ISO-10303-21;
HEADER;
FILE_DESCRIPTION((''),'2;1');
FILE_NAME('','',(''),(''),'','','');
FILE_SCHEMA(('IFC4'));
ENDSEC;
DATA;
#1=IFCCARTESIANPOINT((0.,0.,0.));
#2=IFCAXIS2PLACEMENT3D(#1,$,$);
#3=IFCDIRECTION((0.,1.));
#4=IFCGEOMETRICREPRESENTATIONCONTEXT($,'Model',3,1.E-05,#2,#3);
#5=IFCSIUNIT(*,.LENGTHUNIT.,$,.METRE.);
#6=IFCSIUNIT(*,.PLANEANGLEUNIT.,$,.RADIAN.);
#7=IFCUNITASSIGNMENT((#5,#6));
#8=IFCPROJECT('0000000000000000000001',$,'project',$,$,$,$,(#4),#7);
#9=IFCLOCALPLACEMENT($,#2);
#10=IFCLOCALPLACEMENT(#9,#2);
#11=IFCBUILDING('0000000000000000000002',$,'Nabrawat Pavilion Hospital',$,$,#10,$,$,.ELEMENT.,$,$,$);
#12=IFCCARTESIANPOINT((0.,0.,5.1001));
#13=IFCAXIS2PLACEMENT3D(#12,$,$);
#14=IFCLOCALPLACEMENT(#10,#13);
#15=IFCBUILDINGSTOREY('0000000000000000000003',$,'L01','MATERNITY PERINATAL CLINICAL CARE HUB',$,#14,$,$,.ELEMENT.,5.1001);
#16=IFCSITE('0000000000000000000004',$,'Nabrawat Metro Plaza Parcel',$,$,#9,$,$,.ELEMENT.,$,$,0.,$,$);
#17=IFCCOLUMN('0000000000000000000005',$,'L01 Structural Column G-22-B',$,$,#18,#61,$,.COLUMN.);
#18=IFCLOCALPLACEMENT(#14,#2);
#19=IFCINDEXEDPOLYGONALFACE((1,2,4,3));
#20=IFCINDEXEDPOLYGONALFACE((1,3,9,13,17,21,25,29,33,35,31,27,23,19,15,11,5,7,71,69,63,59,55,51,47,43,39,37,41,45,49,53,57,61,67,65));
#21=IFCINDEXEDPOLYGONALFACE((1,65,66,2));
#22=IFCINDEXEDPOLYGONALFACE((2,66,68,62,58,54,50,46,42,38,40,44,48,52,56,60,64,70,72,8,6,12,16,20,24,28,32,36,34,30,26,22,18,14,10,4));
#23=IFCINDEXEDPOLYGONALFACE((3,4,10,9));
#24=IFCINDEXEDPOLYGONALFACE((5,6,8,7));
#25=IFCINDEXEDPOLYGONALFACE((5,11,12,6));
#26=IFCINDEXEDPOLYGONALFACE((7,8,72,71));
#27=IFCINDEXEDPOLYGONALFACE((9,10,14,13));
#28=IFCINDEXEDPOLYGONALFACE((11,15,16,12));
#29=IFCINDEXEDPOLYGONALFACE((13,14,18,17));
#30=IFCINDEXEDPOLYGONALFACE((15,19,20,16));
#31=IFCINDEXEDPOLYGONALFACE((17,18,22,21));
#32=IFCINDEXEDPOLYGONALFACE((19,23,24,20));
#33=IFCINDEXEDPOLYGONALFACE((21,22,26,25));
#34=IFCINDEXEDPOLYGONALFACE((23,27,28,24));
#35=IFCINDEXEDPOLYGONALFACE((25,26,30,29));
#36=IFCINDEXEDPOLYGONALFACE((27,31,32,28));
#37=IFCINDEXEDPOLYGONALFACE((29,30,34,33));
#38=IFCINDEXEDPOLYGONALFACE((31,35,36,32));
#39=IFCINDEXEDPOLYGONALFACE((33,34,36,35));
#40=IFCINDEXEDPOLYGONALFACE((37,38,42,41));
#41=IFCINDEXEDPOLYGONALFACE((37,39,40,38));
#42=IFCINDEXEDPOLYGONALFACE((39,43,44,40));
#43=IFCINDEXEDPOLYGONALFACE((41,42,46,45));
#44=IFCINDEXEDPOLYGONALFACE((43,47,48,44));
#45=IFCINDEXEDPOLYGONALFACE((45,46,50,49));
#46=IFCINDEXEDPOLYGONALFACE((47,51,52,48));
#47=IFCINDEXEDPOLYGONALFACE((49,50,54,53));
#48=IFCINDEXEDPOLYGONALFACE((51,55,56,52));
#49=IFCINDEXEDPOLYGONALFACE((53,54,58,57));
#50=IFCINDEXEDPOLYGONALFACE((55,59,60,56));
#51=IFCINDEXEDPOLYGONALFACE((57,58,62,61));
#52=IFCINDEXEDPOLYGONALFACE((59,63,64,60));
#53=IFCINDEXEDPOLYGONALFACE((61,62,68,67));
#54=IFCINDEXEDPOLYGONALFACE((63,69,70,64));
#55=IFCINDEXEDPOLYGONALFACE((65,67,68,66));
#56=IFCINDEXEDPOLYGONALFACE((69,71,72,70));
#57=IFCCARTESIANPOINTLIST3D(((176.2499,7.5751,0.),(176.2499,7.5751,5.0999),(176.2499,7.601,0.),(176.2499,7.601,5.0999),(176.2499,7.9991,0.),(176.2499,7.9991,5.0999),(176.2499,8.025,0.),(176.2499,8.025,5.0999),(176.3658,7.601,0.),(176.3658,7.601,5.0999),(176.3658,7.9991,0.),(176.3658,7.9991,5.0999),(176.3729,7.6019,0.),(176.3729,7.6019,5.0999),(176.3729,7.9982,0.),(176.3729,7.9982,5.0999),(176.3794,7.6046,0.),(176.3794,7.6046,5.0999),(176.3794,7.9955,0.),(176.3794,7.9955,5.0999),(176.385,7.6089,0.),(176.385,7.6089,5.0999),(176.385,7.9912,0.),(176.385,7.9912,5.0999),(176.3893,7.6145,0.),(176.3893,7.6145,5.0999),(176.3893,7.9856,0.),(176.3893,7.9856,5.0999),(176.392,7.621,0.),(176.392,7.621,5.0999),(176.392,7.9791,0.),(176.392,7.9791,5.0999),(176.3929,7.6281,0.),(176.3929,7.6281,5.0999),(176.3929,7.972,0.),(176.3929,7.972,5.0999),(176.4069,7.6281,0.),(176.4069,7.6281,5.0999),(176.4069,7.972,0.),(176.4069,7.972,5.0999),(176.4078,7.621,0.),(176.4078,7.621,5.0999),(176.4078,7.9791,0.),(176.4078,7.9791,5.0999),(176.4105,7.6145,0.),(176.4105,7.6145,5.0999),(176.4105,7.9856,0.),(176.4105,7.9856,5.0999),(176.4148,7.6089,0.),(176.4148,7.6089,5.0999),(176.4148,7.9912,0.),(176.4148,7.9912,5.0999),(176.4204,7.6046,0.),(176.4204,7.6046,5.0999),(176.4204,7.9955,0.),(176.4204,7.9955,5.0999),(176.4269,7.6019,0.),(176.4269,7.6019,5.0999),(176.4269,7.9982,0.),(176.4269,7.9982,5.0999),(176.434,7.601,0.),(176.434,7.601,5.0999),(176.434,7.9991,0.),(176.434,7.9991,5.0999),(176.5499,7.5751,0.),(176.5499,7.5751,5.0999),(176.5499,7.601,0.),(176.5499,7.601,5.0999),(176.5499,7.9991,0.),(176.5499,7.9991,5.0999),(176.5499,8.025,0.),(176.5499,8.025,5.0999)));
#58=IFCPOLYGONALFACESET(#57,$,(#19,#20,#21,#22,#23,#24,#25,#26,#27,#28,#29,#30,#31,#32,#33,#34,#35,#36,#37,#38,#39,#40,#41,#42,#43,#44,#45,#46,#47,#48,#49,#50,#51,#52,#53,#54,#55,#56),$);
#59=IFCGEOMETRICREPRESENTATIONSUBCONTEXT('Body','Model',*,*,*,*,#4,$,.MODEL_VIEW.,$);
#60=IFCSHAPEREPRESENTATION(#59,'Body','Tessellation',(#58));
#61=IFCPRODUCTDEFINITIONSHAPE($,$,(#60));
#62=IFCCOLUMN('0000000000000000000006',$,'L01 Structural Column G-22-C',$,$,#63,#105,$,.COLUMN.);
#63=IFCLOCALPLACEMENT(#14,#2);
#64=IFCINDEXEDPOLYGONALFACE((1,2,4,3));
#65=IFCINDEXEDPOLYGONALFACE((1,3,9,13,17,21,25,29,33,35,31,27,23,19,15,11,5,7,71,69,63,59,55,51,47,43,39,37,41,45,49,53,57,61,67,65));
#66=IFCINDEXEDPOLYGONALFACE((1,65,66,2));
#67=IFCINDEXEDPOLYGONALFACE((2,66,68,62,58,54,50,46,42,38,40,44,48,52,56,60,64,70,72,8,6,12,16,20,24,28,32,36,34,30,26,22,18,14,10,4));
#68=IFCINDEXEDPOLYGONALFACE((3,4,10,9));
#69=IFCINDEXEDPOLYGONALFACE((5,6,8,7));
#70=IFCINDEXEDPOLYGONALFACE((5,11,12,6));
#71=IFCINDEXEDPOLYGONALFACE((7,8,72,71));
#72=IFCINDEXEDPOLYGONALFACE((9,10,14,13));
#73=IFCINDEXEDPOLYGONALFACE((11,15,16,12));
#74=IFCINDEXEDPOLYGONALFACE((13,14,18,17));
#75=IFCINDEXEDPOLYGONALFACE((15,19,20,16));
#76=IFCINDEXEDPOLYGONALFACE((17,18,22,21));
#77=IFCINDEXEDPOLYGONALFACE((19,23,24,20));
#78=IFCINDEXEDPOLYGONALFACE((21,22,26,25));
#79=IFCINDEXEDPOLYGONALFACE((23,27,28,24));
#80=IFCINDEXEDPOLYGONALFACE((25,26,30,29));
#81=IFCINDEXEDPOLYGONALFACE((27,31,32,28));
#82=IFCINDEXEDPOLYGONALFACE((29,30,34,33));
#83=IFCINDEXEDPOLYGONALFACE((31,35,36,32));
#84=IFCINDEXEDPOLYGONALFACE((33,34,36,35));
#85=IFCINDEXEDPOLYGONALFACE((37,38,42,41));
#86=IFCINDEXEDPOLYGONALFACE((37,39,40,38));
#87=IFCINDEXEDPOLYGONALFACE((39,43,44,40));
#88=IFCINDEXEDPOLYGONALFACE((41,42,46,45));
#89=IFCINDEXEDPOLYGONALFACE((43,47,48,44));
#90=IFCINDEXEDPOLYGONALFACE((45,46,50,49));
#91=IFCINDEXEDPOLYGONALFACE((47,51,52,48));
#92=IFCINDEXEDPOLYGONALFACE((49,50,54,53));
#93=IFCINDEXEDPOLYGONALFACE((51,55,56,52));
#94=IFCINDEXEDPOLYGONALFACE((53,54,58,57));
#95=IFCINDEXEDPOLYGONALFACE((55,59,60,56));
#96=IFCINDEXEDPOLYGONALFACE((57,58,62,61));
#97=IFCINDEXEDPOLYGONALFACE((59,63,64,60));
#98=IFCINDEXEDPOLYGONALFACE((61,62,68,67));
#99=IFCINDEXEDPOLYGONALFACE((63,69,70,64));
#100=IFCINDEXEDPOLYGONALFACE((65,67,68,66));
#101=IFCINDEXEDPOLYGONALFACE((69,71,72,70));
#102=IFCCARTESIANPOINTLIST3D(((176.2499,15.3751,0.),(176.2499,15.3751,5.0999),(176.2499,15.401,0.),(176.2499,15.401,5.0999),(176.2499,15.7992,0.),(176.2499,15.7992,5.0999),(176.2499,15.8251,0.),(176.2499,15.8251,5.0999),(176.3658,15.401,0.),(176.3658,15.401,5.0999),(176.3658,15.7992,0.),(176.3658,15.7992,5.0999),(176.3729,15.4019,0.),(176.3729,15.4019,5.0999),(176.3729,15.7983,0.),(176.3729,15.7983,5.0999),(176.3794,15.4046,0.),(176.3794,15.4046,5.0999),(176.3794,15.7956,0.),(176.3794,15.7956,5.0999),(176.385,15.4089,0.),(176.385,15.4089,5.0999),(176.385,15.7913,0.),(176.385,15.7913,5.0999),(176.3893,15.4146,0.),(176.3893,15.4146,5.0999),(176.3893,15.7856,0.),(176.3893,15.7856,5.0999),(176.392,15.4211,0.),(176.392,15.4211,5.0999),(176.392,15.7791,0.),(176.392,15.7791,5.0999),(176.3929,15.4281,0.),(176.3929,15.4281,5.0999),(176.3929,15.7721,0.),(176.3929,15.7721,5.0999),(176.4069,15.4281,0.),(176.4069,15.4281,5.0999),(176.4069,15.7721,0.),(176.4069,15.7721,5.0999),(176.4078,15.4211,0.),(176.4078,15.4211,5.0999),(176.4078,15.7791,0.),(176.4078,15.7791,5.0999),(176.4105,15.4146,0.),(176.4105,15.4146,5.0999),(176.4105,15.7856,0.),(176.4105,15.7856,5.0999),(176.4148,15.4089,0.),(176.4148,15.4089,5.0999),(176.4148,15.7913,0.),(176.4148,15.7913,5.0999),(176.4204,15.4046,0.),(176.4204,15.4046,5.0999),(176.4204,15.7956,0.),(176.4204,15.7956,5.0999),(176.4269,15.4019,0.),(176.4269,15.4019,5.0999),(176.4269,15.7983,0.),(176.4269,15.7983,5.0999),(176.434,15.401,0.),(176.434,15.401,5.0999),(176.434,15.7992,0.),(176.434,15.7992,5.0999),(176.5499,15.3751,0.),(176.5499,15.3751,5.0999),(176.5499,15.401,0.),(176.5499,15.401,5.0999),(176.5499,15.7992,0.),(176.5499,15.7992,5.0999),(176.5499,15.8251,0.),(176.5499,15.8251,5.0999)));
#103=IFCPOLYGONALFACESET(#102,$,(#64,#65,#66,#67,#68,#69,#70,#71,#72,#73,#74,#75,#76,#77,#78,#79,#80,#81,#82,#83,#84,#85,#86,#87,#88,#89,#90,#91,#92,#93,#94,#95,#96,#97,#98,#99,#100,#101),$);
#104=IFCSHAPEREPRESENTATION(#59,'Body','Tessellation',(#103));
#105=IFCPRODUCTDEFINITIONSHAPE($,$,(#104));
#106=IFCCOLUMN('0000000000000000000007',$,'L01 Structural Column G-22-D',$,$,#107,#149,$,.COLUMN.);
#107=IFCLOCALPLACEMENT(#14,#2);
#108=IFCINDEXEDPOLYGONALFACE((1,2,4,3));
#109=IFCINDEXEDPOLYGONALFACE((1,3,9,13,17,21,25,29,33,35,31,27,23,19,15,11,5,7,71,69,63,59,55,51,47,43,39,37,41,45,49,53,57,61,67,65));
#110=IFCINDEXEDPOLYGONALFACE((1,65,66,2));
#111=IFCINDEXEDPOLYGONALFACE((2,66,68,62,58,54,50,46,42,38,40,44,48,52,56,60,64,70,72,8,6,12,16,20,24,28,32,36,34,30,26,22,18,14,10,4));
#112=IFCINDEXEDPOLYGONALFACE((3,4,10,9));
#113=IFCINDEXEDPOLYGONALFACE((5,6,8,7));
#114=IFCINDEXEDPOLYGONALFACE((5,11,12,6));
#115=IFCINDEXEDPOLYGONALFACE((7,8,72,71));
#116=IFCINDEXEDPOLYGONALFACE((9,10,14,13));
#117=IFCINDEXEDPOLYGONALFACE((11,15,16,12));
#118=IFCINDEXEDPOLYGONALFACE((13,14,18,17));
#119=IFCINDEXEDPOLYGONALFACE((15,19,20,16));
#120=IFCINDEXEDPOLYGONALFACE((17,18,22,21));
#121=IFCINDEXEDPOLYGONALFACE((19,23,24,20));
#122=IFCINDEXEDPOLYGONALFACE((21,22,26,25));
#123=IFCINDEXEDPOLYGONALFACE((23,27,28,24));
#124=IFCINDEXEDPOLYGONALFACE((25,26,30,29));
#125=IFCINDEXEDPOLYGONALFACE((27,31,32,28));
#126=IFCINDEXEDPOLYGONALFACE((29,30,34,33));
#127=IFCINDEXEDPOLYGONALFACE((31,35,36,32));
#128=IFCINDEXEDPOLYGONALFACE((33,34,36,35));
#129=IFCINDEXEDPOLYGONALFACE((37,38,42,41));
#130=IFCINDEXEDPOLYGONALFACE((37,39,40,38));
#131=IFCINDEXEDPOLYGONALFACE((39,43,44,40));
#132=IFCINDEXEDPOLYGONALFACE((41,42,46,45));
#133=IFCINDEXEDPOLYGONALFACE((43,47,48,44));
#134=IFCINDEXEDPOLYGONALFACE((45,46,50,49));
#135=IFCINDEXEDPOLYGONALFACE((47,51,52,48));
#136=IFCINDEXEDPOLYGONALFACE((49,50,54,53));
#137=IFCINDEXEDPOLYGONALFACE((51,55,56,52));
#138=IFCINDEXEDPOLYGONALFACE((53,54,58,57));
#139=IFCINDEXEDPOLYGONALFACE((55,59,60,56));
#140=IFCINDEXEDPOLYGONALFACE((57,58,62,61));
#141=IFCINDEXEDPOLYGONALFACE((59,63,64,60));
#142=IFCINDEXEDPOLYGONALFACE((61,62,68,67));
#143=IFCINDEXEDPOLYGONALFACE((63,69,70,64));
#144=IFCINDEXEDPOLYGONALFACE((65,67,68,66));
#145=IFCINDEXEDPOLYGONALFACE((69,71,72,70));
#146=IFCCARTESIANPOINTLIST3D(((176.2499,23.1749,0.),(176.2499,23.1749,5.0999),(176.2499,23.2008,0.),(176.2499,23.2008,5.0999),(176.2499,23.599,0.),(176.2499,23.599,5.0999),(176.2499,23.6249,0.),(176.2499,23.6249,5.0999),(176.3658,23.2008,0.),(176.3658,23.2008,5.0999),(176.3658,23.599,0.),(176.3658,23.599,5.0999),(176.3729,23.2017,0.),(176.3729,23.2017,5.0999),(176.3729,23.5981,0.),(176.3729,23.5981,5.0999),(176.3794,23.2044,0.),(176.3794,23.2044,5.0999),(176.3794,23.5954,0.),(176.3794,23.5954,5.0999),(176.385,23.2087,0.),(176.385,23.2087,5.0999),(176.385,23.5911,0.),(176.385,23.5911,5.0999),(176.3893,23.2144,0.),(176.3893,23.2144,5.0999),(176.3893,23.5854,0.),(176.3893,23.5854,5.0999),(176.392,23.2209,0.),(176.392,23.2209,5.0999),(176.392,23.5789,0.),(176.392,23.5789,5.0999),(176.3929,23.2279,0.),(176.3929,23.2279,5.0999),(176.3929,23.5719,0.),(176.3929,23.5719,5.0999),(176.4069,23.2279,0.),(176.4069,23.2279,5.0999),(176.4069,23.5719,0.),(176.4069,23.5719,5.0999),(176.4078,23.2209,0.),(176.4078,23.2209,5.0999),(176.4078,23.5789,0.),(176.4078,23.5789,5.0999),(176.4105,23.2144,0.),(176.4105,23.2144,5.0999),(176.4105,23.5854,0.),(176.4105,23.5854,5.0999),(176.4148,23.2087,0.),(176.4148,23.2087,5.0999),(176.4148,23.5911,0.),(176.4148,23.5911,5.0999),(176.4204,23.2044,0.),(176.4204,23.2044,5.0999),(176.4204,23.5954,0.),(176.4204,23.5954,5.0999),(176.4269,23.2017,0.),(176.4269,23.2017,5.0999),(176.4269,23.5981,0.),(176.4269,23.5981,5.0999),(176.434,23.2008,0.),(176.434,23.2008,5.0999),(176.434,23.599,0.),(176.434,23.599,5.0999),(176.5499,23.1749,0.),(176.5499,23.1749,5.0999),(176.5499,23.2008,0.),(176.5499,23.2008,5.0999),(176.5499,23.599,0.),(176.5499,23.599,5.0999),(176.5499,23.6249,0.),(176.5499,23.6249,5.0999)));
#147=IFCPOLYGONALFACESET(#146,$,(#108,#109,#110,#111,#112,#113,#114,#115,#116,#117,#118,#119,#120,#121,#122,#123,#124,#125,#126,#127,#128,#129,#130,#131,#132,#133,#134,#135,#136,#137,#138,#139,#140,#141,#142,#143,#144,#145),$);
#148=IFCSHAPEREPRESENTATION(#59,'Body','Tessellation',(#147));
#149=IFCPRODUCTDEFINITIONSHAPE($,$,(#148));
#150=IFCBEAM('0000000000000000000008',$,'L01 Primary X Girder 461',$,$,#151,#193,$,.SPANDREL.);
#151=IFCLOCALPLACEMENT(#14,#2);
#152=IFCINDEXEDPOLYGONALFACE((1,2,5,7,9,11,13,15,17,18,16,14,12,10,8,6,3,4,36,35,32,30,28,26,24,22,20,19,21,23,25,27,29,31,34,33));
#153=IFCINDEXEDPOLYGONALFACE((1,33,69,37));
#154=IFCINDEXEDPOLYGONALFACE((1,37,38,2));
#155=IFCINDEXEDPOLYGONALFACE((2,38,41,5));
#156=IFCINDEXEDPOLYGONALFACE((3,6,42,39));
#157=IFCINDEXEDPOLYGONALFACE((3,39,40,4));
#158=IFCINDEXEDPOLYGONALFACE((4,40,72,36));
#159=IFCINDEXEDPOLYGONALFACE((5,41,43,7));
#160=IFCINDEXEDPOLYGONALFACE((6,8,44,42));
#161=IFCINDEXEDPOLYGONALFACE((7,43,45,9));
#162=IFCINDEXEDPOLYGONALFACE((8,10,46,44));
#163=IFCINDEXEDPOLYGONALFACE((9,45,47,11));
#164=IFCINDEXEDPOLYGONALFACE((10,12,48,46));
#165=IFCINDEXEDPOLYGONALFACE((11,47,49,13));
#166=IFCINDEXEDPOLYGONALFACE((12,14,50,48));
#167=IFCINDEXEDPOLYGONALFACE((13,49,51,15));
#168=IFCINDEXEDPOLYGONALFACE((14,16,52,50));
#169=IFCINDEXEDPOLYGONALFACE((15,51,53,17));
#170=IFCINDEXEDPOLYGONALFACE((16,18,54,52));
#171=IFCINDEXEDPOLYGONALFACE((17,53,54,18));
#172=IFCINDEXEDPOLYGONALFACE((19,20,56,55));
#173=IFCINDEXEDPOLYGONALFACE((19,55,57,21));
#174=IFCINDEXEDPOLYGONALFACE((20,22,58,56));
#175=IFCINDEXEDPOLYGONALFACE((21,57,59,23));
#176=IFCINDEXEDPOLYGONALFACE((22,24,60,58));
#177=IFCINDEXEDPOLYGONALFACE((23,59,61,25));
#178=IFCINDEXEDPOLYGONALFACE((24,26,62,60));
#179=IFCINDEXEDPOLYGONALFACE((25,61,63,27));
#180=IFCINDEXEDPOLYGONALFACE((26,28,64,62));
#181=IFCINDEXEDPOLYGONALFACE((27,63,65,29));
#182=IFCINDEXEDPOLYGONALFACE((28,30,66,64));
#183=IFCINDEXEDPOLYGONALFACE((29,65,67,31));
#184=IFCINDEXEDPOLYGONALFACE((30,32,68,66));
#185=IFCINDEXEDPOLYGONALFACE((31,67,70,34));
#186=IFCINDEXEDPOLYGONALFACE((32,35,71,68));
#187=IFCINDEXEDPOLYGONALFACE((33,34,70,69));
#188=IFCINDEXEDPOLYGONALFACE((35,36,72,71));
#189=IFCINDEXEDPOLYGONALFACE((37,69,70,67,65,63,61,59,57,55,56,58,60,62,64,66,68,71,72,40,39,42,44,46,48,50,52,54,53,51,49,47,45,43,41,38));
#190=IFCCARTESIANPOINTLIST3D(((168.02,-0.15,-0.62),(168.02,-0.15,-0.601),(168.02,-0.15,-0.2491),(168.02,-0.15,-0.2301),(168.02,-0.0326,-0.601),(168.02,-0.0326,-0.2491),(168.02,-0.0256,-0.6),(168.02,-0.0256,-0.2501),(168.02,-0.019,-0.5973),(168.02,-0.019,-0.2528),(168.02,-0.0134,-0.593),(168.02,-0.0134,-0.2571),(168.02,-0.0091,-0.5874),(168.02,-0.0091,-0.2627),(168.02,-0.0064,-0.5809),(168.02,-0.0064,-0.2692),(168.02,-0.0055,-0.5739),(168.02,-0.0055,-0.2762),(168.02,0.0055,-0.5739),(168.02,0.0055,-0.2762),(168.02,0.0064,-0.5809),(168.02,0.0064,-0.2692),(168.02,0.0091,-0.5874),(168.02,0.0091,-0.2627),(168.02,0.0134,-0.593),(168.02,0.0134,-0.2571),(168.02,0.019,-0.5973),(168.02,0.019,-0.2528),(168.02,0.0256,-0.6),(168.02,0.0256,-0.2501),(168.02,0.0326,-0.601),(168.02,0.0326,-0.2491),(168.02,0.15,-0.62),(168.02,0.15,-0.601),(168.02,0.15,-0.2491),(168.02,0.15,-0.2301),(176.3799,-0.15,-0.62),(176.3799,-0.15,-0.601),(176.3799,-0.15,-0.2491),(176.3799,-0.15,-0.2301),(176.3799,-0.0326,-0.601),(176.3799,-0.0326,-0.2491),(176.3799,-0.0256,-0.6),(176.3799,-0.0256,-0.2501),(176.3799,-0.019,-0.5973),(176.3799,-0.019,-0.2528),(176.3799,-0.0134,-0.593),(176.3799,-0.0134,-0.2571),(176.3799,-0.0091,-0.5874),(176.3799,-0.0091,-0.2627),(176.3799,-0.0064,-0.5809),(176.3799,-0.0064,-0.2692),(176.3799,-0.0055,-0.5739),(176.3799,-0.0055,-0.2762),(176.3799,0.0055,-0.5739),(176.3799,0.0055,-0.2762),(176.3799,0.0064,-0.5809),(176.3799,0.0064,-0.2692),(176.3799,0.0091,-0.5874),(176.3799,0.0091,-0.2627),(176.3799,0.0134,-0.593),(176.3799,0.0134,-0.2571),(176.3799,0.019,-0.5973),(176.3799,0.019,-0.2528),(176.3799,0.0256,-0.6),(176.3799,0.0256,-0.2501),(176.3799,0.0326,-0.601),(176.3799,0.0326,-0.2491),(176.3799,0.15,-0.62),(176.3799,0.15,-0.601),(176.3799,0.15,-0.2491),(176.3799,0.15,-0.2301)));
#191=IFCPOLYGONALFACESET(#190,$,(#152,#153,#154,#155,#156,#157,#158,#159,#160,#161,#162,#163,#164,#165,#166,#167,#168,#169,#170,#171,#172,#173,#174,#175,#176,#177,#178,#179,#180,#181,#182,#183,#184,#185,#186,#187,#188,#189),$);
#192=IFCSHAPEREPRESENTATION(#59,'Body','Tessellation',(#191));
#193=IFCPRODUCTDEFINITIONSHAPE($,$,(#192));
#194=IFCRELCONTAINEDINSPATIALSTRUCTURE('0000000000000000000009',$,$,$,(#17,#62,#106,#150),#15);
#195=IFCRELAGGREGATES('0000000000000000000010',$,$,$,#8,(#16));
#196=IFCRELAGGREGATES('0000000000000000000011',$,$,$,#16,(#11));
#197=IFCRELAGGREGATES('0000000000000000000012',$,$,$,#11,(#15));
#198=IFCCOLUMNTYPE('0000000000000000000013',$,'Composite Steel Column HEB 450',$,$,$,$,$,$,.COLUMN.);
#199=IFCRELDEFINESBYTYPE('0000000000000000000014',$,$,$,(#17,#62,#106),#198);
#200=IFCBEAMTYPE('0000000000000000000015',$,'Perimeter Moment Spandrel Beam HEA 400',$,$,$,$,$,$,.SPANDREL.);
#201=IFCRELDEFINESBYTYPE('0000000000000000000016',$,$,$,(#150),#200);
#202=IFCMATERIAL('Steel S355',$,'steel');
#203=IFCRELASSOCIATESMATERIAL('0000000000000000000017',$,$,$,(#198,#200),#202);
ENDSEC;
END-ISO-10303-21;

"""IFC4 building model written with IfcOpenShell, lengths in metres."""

from ifc_helpers import new_model, si_unit, direction, frame, origin, origin_2d, place, context, subcontext, project, spatial, i_section, extrude, material, material_profile, profile_set, type_object, element, save


model = new_model("IFC4")

# Units and contexts
model_context = context("Model", 3, precision=1e-05, world=origin(), true_north=direction((0.0, 1.0)))
body_context = subcontext(model_context, "Body", "Model", "MODEL_VIEW")
ifc_project = project(units=[si_unit("LENGTHUNIT", "METRE"), si_unit("PLANEANGLEUNIT", "RADIAN")], contexts=[model_context])

# Site, building, storey
site_placement = place(None, origin())
site = spatial("IfcSite", under=ifc_project, at=site_placement, Name="Nabrawat Metro Plaza Parcel", CompositionType="ELEMENT", RefElevation=0.0)
building_placement = place(site_placement, origin())
building = spatial("IfcBuilding", under=site, at=building_placement, Name="Nabrawat Pavilion Hospital", CompositionType="ELEMENT")
storey_placement = place(building_placement, frame((0.0, 0.0, 5.1001)))
storey = spatial("IfcBuildingStorey", under=building, at=storey_placement, Name="L01", Description="MATERNITY PERINATAL CLINICAL CARE HUB", CompositionType="ELEMENT", Elevation=5.1001)

# Columns
ifc_material_1 = material(Name="Steel S355", Category="steel")
ifc_material_profile_1 = material_profile(ifc_material_1, i_section(OverallWidth=0.3, OverallDepth=0.45, WebThickness=0.0139, FlangeThickness=0.0259, FilletRadius=0.0271, at=origin_2d()), Name="HEB 450")
ifc_profile_set_1 = profile_set([ifc_material_profile_1], Name="Steel S355")
column_type = type_object("IfcColumnType", Name="Composite Steel Column HEB 450", PredefinedType="COLUMN", material=ifc_profile_set_1)
for number, where, z_axis, x_axis, name in (
    (1, (176.3999, 7.8, 0.0), (0.0, 0.0, 1.0), (1.0, 0.0, 0.0), "L01 Structural Column G-22-B"),
    (2, (176.3999, 15.6001, 0.0), (0.0, 0.0, 1.0), (1.0, 0.0, 0.0), "L01 Structural Column G-22-C"),
    (3, (176.3999, 23.3999, 0.0), (0.0, 0.0, 1.0), (1.0, 0.0, 0.0), "L01 Structural Column G-22-D"),
):
    element("IfcColumn", number, at=place(storey_placement, frame(where, z_axis=z_axis, x_axis=x_axis)), inside=storey, type_object=column_type, Name=name, PredefinedType="COLUMN", context=body_context, shape_type="SweptSolid", body=[
        extrude(i_section(OverallWidth=0.3, OverallDepth=0.45, WebThickness=0.0139, FlangeThickness=0.0259, FilletRadius=0.0271, at=origin_2d()), origin(), (0.0, 0.0, 1.0), 5.0999),
    ])

# Beam
ifc_material_profile_2 = material_profile(ifc_material_1, i_section(OverallWidth=0.3, OverallDepth=0.3899, WebThickness=0.011, FlangeThickness=0.019, FilletRadius=0.0271, at=origin_2d()), Name="HEA 400")
ifc_profile_set_2 = profile_set([ifc_material_profile_2], Name="Steel S355")
beam_type_1 = type_object("IfcBeamType", Name="Perimeter Moment Spandrel Beam HEA 400", PredefinedType="SPANDREL", material=ifc_profile_set_2)
beam_1_placement = place(storey_placement, frame((168.02, 0.0, -0.425), z_axis=(1.0, 0.0, 0.0), x_axis=(0.0, 1.0, 0.0)))
element("IfcBeam", 4, at=beam_1_placement, inside=storey, type_object=beam_type_1, Name="L01 Primary X Girder 461", PredefinedType="SPANDREL", context=body_context, shape_type="SweptSolid", body=[
    extrude(i_section(OverallWidth=0.3, OverallDepth=0.3899, WebThickness=0.011, FlangeThickness=0.019, FilletRadius=0.0271, at=origin_2d()), origin(), (0.0, 0.0, 1.0), 8.3599),
])

save(model, "model.ifc")
